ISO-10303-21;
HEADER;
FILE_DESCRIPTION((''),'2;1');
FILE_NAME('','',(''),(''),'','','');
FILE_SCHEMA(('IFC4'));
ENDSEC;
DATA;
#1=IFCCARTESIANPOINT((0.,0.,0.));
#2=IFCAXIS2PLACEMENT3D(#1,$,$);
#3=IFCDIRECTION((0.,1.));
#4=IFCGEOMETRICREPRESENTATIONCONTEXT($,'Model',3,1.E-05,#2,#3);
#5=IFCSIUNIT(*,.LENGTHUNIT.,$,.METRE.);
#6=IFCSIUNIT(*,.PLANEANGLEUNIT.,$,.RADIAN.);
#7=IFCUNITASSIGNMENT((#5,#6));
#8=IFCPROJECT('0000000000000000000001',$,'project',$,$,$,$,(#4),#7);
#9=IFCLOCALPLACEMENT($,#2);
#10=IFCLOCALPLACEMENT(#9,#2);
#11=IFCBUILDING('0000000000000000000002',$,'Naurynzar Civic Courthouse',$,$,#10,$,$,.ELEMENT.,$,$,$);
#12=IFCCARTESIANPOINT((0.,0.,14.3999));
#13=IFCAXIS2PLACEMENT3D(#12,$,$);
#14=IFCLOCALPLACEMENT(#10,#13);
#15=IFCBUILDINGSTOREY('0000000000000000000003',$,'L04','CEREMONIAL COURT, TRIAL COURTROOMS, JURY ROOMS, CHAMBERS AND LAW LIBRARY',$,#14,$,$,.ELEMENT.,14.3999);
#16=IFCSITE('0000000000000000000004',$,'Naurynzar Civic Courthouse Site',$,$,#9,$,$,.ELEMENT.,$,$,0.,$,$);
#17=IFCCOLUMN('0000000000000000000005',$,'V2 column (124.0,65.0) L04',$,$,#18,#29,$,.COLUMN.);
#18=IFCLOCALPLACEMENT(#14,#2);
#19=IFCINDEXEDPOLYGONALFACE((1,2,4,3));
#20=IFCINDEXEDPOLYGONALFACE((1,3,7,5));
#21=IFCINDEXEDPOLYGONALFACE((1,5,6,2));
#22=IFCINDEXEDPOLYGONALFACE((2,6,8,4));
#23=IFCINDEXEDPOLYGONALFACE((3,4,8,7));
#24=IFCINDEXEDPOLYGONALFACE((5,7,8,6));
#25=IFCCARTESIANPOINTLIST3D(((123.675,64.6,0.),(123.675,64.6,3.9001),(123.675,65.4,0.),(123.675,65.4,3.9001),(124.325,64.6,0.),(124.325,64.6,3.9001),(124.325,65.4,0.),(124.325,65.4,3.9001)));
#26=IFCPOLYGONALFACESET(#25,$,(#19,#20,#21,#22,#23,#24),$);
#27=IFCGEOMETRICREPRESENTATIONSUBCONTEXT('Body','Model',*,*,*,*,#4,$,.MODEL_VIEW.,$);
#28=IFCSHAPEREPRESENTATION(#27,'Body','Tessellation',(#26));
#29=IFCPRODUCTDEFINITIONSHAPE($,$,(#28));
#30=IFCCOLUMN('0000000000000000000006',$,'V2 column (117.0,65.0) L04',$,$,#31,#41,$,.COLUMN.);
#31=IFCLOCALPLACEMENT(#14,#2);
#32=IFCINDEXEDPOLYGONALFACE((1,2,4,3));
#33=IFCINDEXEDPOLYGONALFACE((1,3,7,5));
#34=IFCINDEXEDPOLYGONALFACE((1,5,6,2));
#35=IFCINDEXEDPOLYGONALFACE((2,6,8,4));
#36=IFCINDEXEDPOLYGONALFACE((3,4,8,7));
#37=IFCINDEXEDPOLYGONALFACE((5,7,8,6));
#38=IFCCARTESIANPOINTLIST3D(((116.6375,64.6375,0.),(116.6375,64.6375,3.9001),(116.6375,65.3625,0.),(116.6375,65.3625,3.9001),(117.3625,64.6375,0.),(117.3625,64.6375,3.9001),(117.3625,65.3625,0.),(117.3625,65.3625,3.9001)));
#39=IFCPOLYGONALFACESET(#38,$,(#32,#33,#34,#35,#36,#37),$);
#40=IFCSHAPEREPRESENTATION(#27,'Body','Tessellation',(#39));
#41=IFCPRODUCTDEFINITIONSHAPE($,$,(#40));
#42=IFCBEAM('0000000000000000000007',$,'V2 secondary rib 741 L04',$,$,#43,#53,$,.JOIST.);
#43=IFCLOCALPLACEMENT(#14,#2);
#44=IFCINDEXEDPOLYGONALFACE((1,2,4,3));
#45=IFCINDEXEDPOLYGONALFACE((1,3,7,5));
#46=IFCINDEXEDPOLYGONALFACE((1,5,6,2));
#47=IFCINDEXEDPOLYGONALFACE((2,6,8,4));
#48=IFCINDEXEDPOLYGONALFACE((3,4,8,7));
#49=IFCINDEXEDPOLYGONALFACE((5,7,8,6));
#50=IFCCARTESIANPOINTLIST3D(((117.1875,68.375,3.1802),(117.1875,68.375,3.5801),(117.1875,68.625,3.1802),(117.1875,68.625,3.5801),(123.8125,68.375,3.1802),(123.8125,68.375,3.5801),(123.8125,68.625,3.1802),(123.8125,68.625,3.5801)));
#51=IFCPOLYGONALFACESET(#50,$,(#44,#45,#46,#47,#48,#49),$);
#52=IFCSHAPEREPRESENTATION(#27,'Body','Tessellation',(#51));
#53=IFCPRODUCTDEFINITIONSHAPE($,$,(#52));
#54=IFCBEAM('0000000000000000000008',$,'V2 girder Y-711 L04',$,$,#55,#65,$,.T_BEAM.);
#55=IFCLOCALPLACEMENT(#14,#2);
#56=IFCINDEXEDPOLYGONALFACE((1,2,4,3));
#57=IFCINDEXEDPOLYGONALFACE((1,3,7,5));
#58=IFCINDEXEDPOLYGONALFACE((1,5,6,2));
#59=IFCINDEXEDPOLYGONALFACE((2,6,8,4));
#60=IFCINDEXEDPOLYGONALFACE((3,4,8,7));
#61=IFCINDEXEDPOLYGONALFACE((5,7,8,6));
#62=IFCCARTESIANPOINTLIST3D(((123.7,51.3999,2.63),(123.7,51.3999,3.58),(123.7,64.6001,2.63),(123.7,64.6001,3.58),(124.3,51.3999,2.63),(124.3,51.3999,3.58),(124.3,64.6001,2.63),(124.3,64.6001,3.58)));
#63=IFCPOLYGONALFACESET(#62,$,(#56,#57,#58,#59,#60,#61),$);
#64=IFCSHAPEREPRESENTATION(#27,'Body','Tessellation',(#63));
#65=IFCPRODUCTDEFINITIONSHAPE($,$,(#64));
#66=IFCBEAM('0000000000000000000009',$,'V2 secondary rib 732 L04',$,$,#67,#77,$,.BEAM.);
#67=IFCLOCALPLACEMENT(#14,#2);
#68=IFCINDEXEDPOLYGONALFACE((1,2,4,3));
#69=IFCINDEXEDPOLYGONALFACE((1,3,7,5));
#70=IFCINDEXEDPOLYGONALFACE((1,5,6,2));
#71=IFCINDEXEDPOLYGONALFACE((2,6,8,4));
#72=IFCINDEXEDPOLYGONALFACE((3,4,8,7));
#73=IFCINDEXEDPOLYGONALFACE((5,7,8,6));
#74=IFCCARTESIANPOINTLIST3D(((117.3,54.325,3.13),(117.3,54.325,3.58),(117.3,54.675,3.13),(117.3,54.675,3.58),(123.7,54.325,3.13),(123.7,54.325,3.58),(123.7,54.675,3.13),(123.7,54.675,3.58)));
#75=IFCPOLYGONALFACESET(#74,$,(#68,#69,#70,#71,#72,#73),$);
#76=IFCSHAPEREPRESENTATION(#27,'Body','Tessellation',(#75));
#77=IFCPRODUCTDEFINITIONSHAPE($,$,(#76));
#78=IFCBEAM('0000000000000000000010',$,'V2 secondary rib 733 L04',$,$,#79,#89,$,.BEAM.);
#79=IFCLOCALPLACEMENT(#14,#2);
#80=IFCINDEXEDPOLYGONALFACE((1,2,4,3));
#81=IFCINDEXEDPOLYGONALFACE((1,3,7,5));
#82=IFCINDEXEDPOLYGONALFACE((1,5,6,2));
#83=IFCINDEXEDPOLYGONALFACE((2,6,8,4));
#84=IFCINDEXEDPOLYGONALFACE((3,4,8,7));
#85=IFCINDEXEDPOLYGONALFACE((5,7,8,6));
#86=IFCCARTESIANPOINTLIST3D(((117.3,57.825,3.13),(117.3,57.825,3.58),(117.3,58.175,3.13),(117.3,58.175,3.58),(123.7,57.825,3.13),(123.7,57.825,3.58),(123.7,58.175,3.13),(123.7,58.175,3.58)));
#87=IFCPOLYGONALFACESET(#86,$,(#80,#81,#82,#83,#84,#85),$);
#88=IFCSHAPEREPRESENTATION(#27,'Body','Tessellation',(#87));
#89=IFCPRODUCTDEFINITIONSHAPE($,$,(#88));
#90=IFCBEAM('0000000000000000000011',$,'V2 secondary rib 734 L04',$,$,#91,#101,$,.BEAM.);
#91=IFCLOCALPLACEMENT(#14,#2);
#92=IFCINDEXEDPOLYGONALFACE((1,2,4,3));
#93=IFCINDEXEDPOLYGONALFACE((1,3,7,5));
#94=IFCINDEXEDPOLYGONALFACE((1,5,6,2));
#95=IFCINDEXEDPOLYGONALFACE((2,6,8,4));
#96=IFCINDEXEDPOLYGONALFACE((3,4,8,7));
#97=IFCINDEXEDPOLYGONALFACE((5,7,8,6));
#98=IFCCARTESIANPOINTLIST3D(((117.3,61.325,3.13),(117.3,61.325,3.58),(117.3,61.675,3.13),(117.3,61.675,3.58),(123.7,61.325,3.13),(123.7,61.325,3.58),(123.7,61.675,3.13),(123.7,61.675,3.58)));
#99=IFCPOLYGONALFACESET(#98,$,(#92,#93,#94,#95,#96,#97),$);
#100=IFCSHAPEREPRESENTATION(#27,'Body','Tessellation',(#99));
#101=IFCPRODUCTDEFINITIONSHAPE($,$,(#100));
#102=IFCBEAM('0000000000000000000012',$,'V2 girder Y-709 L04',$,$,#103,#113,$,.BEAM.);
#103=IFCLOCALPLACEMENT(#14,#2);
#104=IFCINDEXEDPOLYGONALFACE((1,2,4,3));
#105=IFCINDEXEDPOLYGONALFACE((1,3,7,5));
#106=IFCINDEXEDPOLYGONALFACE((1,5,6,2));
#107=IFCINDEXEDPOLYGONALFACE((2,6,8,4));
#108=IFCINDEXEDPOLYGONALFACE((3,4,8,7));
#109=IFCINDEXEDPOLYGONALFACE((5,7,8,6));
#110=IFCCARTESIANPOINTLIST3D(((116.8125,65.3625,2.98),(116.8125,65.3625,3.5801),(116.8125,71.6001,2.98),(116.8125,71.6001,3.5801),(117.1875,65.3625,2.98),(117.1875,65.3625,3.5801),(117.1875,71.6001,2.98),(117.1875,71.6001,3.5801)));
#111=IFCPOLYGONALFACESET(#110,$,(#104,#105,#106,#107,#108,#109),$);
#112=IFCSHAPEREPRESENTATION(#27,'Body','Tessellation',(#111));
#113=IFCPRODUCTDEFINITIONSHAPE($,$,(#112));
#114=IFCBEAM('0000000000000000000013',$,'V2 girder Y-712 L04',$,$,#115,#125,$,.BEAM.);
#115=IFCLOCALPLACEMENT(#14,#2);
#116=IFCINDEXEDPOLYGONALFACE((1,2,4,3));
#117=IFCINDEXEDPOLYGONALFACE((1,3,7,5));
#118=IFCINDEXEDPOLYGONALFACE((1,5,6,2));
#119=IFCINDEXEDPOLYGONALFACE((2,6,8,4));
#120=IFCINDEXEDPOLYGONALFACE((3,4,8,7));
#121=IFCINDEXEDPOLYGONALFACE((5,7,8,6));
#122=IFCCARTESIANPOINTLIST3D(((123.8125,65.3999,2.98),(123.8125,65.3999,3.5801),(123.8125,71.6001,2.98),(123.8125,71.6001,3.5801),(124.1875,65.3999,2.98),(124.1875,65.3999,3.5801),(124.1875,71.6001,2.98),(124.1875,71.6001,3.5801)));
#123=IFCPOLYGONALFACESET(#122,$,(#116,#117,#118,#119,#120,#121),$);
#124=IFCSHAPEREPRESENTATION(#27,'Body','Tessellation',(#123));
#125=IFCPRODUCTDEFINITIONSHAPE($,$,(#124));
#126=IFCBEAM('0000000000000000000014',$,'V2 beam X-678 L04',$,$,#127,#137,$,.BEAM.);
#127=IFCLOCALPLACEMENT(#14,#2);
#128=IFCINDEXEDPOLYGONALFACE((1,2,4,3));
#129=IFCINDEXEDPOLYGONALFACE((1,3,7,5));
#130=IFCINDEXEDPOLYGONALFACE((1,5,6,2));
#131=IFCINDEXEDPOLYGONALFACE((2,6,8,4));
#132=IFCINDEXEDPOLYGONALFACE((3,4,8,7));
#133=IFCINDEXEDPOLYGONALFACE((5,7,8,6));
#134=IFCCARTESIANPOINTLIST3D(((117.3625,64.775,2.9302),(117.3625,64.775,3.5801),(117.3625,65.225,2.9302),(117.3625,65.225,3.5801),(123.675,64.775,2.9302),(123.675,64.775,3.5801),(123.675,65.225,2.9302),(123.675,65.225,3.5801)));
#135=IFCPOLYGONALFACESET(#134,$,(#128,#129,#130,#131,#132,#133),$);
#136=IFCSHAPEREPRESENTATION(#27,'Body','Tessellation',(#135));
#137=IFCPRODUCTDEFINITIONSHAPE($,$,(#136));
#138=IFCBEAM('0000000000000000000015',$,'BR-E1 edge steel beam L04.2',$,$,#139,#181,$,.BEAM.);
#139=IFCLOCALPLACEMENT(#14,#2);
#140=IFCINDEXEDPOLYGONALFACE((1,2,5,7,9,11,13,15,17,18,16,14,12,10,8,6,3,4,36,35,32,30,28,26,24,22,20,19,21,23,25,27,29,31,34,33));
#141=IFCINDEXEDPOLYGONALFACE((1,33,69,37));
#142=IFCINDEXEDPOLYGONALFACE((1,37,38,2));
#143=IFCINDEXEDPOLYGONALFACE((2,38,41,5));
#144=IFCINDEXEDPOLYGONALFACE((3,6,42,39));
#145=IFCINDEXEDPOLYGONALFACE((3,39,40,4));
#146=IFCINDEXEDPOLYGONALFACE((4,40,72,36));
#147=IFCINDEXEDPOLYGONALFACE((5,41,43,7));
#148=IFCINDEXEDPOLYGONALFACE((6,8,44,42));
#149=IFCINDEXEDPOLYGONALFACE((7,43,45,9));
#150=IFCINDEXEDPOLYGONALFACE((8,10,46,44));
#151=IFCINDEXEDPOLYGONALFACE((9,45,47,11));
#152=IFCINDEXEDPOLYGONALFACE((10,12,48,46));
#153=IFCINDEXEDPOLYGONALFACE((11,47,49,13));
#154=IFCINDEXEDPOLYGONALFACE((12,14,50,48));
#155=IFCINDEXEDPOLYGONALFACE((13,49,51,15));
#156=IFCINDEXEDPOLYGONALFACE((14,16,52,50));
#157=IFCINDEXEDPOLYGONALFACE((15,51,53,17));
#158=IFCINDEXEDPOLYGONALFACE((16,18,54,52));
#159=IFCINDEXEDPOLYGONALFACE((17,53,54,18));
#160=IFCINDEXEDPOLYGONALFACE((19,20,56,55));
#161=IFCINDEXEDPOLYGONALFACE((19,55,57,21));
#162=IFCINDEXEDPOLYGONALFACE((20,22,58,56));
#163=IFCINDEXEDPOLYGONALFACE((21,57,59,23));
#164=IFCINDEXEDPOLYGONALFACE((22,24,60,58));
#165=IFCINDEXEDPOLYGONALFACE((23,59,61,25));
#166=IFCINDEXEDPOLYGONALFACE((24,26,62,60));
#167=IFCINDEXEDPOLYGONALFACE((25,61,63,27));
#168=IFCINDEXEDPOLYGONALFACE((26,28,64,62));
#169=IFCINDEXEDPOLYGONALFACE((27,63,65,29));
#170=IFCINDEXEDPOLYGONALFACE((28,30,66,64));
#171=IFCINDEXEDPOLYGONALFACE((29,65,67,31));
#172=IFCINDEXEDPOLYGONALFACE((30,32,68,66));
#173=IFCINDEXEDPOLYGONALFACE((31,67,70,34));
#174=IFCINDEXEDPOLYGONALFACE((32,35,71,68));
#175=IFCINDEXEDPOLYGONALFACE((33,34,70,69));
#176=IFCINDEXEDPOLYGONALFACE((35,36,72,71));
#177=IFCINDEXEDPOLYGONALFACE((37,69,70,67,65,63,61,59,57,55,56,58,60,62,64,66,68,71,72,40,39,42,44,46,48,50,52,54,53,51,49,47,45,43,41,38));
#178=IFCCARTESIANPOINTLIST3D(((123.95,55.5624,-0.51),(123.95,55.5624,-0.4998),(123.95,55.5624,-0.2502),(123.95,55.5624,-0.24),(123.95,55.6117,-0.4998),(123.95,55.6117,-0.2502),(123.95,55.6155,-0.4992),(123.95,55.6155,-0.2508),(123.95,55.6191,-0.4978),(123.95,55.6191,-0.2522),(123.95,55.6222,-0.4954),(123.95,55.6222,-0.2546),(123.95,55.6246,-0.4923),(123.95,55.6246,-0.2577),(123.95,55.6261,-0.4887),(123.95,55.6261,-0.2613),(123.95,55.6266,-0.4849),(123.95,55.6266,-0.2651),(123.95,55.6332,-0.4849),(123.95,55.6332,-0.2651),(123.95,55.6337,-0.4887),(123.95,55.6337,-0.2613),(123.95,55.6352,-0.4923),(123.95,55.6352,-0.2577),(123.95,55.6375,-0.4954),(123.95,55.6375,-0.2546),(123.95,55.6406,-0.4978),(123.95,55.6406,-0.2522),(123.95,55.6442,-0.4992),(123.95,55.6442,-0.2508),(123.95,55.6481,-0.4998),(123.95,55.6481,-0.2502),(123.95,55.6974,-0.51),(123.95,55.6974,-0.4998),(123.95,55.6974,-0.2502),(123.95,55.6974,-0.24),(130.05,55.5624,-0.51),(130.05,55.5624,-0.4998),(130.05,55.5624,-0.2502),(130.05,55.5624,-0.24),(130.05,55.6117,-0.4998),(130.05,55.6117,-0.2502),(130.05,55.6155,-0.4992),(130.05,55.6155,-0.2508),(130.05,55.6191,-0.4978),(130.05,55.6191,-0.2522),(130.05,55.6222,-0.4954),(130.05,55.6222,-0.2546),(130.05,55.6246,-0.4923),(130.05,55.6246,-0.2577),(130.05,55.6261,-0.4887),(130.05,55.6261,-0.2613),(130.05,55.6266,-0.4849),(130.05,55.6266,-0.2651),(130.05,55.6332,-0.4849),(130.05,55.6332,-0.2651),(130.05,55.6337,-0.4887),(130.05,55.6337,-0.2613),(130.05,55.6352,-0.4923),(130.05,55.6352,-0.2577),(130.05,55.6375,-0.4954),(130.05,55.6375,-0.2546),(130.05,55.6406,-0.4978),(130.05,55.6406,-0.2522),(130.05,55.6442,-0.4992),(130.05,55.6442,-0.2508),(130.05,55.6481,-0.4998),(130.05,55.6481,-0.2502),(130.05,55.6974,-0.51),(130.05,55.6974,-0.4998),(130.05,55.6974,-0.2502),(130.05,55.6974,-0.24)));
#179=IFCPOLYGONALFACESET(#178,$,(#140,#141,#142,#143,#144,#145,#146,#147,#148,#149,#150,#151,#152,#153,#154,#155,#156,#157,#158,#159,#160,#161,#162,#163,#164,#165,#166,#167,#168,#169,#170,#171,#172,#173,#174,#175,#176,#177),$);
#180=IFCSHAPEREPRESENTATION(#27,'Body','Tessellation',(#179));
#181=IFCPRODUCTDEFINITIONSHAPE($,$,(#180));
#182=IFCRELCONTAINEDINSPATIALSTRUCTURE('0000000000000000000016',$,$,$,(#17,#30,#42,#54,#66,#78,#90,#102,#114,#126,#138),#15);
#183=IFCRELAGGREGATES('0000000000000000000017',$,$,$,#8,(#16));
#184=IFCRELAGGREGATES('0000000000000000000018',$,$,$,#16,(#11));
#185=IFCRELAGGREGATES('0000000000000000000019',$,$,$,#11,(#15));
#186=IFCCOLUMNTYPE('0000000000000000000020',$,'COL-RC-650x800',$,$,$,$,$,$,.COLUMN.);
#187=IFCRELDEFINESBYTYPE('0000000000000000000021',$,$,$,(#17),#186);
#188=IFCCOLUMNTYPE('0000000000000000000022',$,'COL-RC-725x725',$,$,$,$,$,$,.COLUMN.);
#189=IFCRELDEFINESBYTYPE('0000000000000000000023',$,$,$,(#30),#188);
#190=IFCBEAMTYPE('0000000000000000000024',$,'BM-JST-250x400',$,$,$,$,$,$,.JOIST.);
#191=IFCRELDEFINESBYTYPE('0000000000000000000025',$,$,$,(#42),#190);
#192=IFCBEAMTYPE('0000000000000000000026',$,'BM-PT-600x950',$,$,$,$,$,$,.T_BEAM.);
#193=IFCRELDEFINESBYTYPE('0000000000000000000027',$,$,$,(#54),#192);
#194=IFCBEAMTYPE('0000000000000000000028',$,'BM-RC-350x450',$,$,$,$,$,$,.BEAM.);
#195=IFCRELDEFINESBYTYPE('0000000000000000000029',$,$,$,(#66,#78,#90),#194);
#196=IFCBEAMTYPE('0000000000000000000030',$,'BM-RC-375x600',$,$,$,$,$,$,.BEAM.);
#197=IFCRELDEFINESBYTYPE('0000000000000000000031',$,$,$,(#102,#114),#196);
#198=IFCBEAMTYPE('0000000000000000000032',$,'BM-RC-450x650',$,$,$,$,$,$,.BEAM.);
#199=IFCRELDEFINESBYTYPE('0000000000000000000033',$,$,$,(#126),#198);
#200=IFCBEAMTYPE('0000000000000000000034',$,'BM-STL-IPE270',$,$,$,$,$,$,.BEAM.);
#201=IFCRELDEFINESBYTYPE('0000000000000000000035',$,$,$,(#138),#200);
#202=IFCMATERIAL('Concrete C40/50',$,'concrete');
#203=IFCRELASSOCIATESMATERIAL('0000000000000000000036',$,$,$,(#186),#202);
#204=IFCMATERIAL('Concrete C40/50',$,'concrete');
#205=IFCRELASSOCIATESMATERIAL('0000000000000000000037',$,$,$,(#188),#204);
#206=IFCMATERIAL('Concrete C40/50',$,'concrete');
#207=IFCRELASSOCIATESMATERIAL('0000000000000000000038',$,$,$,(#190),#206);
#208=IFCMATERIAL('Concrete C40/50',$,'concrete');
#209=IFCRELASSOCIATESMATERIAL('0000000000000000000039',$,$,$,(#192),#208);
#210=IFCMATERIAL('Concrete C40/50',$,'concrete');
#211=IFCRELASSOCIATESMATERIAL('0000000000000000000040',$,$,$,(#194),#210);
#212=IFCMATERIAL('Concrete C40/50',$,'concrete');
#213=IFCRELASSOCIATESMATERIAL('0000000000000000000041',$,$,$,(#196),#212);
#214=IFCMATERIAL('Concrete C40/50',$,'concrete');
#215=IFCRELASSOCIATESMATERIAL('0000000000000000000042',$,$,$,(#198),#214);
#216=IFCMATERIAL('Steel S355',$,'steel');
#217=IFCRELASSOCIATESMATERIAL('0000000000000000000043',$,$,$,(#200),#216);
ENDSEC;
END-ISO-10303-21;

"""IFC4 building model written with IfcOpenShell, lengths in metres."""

from ifc_helpers import new_model, si_unit, direction, frame, origin, origin_2d, place, context, subcontext, project, spatial, rectangle, i_section, extrude, material, material_profile, profile_set, type_object, element, save


model = new_model("IFC4")

# Units and contexts
model_context = context("Model", 3, precision=1e-05, world=origin(), true_north=direction((0.0, 1.0)))
body_context = subcontext(model_context, "Body", "Model", "MODEL_VIEW")
ifc_project = project(units=[si_unit("LENGTHUNIT", "METRE"), si_unit("PLANEANGLEUNIT", "RADIAN")], contexts=[model_context])

# Site, building, storey
site_placement = place(None, origin())
site = spatial("IfcSite", under=ifc_project, at=site_placement, Name="Naurynzar Civic Courthouse Site", CompositionType="ELEMENT", RefElevation=0.0)
building_placement = place(site_placement, origin())
building = spatial("IfcBuilding", under=site, at=building_placement, Name="Naurynzar Civic Courthouse", CompositionType="ELEMENT")
storey_placement = place(building_placement, frame((0.0, 0.0, 14.3999)))
storey = spatial("IfcBuildingStorey", under=building, at=storey_placement, Name="L04", Description="CEREMONIAL COURT, TRIAL COURTROOMS, JURY ROOMS, CHAMBERS AND LAW LIBRARY", CompositionType="ELEMENT", Elevation=14.3999)

# Columns
ifc_material_1 = material(Name="Concrete C40/50", Category="concrete")
ifc_material_profile_1 = material_profile(ifc_material_1, rectangle(XDim=0.6499, YDim=0.8, at=origin_2d()), Name="RC 650x800")
ifc_profile_set_1 = profile_set([ifc_material_profile_1], Name="Concrete C40/50")
column_type_1 = type_object("IfcColumnType", Name="COL-RC-650x800", PredefinedType="COLUMN", material=ifc_profile_set_1)
column_1_placement = place(storey_placement, frame((124.0, 65.0, 0.0), z_axis=(0.0, 0.0, 1.0), x_axis=(1.0, 0.0, 0.0)))
element("IfcColumn", 1, at=column_1_placement, inside=storey, type_object=column_type_1, Name="V2 column (124.0,65.0) L04", PredefinedType="COLUMN", context=body_context, shape_type="SweptSolid", body=[
    extrude(rectangle(XDim=0.6499, YDim=0.8, at=origin_2d()), origin(), (0.0, 0.0, 1.0), 3.9001),
])
ifc_material_2 = material(Name="Concrete C40/50", Category="concrete")
ifc_material_profile_2 = material_profile(ifc_material_2, rectangle(XDim=0.7251, YDim=0.7251, at=origin_2d()), Name="RC 725x725")
ifc_profile_set_2 = profile_set([ifc_material_profile_2], Name="Concrete C40/50")
column_type_2 = type_object("IfcColumnType", Name="COL-RC-725x725", PredefinedType="COLUMN", material=ifc_profile_set_2)
column_2_placement = place(storey_placement, frame((117.0, 65.0, 0.0), z_axis=(0.0, 0.0, 1.0), x_axis=(1.0, 0.0, 0.0)))
element("IfcColumn", 2, at=column_2_placement, inside=storey, type_object=column_type_2, Name="V2 column (117.0,65.0) L04", PredefinedType="COLUMN", context=body_context, shape_type="SweptSolid", body=[
    extrude(rectangle(XDim=0.7251, YDim=0.7251, at=origin_2d()), origin(), (0.0, 0.0, 1.0), 3.9001),
])

# Beams
ifc_material_3 = material(Name="Concrete C40/50", Category="concrete")
ifc_material_profile_3 = material_profile(ifc_material_3, rectangle(XDim=0.25, YDim=0.3999, at=origin_2d()), Name="RCB 250x400")
ifc_profile_set_3 = profile_set([ifc_material_profile_3], Name="Concrete C40/50")
beam_type_1 = type_object("IfcBeamType", Name="BM-JST-250x400", PredefinedType="JOIST", material=ifc_profile_set_3)
beam_1_placement = place(storey_placement, frame((117.1875, 68.5, 3.3801), z_axis=(1.0, 0.0, 0.0), x_axis=(0.0, 1.0, 0.0)))
element("IfcBeam", 3, at=beam_1_placement, inside=storey, type_object=beam_type_1, Name="V2 secondary rib 741 L04", PredefinedType="JOIST", context=body_context, shape_type="SweptSolid", body=[
    extrude(rectangle(XDim=0.25, YDim=0.3999, at=origin_2d()), origin(), (0.0, 0.0, 1.0), 6.625),
])
ifc_material_4 = material(Name="Concrete C40/50", Category="concrete")
ifc_material_profile_4 = material_profile(ifc_material_4, rectangle(XDim=0.6001, YDim=0.95, at=origin_2d()), Name="PTB 600x950")
ifc_profile_set_4 = profile_set([ifc_material_profile_4], Name="Concrete C40/50")
beam_type_2 = type_object("IfcBeamType", Name="BM-PT-600x950", PredefinedType="T_BEAM", material=ifc_profile_set_4)
beam_2_placement = place(storey_placement, frame((124.0, 51.3999, 3.105), z_axis=(0.0, 1.0, 0.0), x_axis=(-1.0, 0.0, 0.0)))
element("IfcBeam", 4, at=beam_2_placement, inside=storey, type_object=beam_type_2, Name="V2 girder Y-711 L04", PredefinedType="T_BEAM", context=body_context, shape_type="SweptSolid", body=[
    extrude(rectangle(XDim=0.6001, YDim=0.95, at=origin_2d()), origin(), (0.0, 0.0, 1.0), 13.2002),
])
ifc_material_5 = material(Name="Concrete C40/50", Category="concrete")
ifc_material_profile_5 = material_profile(ifc_material_5, rectangle(XDim=0.3501, YDim=0.45, at=origin_2d()), Name="RCB 350x450")
ifc_profile_set_5 = profile_set([ifc_material_profile_5], Name="Concrete C40/50")
beam_type_3 = type_object("IfcBeamType", Name="BM-RC-350x450", PredefinedType="BEAM", material=ifc_profile_set_5)
for number, where, z_axis, x_axis, name in (
    (5, (117.3, 54.5, 3.355), (1.0, 0.0, 0.0), (0.0, 1.0, 0.0), "V2 secondary rib 732 L04"),
    (6, (117.3, 58.0, 3.355), (1.0, 0.0, 0.0), (0.0, 1.0, 0.0), "V2 secondary rib 733 L04"),
    (7, (117.3, 61.5, 3.355), (1.0, 0.0, 0.0), (0.0, 1.0, 0.0), "V2 secondary rib 734 L04"),
):
    element("IfcBeam", number, at=place(storey_placement, frame(where, z_axis=z_axis, x_axis=x_axis)), inside=storey, type_object=beam_type_3, Name=name, PredefinedType="BEAM", context=body_context, shape_type="SweptSolid", body=[
        extrude(rectangle(XDim=0.3501, YDim=0.45, at=origin_2d()), origin(), (0.0, 0.0, 1.0), 6.3999),
    ])
ifc_material_6 = material(Name="Concrete C40/50", Category="concrete")
ifc_material_profile_6 = material_profile(ifc_material_6, rectangle(XDim=0.375, YDim=0.6001, at=origin_2d()), Name="RCB 375x600")
ifc_profile_set_6 = profile_set([ifc_material_profile_6], Name="Concrete C40/50")
beam_type_4 = type_object("IfcBeamType", Name="BM-RC-375x600", PredefinedType="BEAM", material=ifc_profile_set_6)
beam_3_placement = place(storey_placement, frame((117.0, 65.3625, 3.28), z_axis=(0.0, 1.0, 0.0), x_axis=(-1.0, 0.0, 0.0)))
element("IfcBeam", 8, at=beam_3_placement, inside=storey, type_object=beam_type_4, Name="V2 girder Y-709 L04", PredefinedType="BEAM", context=body_context, shape_type="SweptSolid", body=[
    extrude(rectangle(XDim=0.375, YDim=0.6001, at=origin_2d()), origin(), (0.0, 0.0, 1.0), 6.2375),
])
beam_4_placement = place(storey_placement, frame((124.0, 65.3999, 3.28), z_axis=(0.0, 1.0, 0.0), x_axis=(-1.0, 0.0, 0.0)))
element("IfcBeam", 9, at=beam_4_placement, inside=storey, type_object=beam_type_4, Name="V2 girder Y-712 L04", PredefinedType="BEAM", context=body_context, shape_type="SweptSolid", body=[
    extrude(rectangle(XDim=0.375, YDim=0.6001, at=origin_2d()), origin(), (0.0, 0.0, 1.0), 6.2002),
])
ifc_material_7 = material(Name="Concrete C40/50", Category="concrete")
ifc_material_profile_7 = material_profile(ifc_material_7, rectangle(XDim=0.45, YDim=0.6499, at=origin_2d()), Name="RCB 450x650")
ifc_profile_set_7 = profile_set([ifc_material_profile_7], Name="Concrete C40/50")
beam_type_5 = type_object("IfcBeamType", Name="BM-RC-450x650", PredefinedType="BEAM", material=ifc_profile_set_7)
beam_5_placement = place(storey_placement, frame((117.3625, 65.0, 3.2551), z_axis=(1.0, 0.0, 0.0), x_axis=(0.0, 1.0, 0.0)))
element("IfcBeam", 10, at=beam_5_placement, inside=storey, type_object=beam_type_5, Name="V2 beam X-678 L04", PredefinedType="BEAM", context=body_context, shape_type="SweptSolid", body=[
    extrude(rectangle(XDim=0.45, YDim=0.6499, at=origin_2d()), origin(), (0.0, 0.0, 1.0), 6.3125),
])
ifc_material_8 = material(Name="Steel S355", Category="steel")
ifc_material_profile_8 = material_profile(ifc_material_8, i_section(OverallWidth=0.135, OverallDepth=0.27, WebThickness=0.0066, FlangeThickness=0.0103, FilletRadius=0.0149, at=origin_2d()), Name="IPE 270")
ifc_profile_set_8 = profile_set([ifc_material_profile_8], Name="Steel S355")
beam_type_6 = type_object("IfcBeamType", Name="BM-STL-IPE270", PredefinedType="BEAM", material=ifc_profile_set_8)
beam_6_placement = place(storey_placement, frame((123.95, 55.6299, -0.375), z_axis=(1.0, 0.0, 0.0), x_axis=(0.0, 1.0, 0.0)))
element("IfcBeam", 11, at=beam_6_placement, inside=storey, type_object=beam_type_6, Name="BR-E1 edge steel beam L04.2", PredefinedType="BEAM", context=body_context, shape_type="SweptSolid", body=[
    extrude(i_section(OverallWidth=0.135, OverallDepth=0.27, WebThickness=0.0066, FlangeThickness=0.0103, FilletRadius=0.0149, at=origin_2d()), origin(), (0.0, 0.0, 1.0), 6.1001),
])

save(model, "model.ifc")
